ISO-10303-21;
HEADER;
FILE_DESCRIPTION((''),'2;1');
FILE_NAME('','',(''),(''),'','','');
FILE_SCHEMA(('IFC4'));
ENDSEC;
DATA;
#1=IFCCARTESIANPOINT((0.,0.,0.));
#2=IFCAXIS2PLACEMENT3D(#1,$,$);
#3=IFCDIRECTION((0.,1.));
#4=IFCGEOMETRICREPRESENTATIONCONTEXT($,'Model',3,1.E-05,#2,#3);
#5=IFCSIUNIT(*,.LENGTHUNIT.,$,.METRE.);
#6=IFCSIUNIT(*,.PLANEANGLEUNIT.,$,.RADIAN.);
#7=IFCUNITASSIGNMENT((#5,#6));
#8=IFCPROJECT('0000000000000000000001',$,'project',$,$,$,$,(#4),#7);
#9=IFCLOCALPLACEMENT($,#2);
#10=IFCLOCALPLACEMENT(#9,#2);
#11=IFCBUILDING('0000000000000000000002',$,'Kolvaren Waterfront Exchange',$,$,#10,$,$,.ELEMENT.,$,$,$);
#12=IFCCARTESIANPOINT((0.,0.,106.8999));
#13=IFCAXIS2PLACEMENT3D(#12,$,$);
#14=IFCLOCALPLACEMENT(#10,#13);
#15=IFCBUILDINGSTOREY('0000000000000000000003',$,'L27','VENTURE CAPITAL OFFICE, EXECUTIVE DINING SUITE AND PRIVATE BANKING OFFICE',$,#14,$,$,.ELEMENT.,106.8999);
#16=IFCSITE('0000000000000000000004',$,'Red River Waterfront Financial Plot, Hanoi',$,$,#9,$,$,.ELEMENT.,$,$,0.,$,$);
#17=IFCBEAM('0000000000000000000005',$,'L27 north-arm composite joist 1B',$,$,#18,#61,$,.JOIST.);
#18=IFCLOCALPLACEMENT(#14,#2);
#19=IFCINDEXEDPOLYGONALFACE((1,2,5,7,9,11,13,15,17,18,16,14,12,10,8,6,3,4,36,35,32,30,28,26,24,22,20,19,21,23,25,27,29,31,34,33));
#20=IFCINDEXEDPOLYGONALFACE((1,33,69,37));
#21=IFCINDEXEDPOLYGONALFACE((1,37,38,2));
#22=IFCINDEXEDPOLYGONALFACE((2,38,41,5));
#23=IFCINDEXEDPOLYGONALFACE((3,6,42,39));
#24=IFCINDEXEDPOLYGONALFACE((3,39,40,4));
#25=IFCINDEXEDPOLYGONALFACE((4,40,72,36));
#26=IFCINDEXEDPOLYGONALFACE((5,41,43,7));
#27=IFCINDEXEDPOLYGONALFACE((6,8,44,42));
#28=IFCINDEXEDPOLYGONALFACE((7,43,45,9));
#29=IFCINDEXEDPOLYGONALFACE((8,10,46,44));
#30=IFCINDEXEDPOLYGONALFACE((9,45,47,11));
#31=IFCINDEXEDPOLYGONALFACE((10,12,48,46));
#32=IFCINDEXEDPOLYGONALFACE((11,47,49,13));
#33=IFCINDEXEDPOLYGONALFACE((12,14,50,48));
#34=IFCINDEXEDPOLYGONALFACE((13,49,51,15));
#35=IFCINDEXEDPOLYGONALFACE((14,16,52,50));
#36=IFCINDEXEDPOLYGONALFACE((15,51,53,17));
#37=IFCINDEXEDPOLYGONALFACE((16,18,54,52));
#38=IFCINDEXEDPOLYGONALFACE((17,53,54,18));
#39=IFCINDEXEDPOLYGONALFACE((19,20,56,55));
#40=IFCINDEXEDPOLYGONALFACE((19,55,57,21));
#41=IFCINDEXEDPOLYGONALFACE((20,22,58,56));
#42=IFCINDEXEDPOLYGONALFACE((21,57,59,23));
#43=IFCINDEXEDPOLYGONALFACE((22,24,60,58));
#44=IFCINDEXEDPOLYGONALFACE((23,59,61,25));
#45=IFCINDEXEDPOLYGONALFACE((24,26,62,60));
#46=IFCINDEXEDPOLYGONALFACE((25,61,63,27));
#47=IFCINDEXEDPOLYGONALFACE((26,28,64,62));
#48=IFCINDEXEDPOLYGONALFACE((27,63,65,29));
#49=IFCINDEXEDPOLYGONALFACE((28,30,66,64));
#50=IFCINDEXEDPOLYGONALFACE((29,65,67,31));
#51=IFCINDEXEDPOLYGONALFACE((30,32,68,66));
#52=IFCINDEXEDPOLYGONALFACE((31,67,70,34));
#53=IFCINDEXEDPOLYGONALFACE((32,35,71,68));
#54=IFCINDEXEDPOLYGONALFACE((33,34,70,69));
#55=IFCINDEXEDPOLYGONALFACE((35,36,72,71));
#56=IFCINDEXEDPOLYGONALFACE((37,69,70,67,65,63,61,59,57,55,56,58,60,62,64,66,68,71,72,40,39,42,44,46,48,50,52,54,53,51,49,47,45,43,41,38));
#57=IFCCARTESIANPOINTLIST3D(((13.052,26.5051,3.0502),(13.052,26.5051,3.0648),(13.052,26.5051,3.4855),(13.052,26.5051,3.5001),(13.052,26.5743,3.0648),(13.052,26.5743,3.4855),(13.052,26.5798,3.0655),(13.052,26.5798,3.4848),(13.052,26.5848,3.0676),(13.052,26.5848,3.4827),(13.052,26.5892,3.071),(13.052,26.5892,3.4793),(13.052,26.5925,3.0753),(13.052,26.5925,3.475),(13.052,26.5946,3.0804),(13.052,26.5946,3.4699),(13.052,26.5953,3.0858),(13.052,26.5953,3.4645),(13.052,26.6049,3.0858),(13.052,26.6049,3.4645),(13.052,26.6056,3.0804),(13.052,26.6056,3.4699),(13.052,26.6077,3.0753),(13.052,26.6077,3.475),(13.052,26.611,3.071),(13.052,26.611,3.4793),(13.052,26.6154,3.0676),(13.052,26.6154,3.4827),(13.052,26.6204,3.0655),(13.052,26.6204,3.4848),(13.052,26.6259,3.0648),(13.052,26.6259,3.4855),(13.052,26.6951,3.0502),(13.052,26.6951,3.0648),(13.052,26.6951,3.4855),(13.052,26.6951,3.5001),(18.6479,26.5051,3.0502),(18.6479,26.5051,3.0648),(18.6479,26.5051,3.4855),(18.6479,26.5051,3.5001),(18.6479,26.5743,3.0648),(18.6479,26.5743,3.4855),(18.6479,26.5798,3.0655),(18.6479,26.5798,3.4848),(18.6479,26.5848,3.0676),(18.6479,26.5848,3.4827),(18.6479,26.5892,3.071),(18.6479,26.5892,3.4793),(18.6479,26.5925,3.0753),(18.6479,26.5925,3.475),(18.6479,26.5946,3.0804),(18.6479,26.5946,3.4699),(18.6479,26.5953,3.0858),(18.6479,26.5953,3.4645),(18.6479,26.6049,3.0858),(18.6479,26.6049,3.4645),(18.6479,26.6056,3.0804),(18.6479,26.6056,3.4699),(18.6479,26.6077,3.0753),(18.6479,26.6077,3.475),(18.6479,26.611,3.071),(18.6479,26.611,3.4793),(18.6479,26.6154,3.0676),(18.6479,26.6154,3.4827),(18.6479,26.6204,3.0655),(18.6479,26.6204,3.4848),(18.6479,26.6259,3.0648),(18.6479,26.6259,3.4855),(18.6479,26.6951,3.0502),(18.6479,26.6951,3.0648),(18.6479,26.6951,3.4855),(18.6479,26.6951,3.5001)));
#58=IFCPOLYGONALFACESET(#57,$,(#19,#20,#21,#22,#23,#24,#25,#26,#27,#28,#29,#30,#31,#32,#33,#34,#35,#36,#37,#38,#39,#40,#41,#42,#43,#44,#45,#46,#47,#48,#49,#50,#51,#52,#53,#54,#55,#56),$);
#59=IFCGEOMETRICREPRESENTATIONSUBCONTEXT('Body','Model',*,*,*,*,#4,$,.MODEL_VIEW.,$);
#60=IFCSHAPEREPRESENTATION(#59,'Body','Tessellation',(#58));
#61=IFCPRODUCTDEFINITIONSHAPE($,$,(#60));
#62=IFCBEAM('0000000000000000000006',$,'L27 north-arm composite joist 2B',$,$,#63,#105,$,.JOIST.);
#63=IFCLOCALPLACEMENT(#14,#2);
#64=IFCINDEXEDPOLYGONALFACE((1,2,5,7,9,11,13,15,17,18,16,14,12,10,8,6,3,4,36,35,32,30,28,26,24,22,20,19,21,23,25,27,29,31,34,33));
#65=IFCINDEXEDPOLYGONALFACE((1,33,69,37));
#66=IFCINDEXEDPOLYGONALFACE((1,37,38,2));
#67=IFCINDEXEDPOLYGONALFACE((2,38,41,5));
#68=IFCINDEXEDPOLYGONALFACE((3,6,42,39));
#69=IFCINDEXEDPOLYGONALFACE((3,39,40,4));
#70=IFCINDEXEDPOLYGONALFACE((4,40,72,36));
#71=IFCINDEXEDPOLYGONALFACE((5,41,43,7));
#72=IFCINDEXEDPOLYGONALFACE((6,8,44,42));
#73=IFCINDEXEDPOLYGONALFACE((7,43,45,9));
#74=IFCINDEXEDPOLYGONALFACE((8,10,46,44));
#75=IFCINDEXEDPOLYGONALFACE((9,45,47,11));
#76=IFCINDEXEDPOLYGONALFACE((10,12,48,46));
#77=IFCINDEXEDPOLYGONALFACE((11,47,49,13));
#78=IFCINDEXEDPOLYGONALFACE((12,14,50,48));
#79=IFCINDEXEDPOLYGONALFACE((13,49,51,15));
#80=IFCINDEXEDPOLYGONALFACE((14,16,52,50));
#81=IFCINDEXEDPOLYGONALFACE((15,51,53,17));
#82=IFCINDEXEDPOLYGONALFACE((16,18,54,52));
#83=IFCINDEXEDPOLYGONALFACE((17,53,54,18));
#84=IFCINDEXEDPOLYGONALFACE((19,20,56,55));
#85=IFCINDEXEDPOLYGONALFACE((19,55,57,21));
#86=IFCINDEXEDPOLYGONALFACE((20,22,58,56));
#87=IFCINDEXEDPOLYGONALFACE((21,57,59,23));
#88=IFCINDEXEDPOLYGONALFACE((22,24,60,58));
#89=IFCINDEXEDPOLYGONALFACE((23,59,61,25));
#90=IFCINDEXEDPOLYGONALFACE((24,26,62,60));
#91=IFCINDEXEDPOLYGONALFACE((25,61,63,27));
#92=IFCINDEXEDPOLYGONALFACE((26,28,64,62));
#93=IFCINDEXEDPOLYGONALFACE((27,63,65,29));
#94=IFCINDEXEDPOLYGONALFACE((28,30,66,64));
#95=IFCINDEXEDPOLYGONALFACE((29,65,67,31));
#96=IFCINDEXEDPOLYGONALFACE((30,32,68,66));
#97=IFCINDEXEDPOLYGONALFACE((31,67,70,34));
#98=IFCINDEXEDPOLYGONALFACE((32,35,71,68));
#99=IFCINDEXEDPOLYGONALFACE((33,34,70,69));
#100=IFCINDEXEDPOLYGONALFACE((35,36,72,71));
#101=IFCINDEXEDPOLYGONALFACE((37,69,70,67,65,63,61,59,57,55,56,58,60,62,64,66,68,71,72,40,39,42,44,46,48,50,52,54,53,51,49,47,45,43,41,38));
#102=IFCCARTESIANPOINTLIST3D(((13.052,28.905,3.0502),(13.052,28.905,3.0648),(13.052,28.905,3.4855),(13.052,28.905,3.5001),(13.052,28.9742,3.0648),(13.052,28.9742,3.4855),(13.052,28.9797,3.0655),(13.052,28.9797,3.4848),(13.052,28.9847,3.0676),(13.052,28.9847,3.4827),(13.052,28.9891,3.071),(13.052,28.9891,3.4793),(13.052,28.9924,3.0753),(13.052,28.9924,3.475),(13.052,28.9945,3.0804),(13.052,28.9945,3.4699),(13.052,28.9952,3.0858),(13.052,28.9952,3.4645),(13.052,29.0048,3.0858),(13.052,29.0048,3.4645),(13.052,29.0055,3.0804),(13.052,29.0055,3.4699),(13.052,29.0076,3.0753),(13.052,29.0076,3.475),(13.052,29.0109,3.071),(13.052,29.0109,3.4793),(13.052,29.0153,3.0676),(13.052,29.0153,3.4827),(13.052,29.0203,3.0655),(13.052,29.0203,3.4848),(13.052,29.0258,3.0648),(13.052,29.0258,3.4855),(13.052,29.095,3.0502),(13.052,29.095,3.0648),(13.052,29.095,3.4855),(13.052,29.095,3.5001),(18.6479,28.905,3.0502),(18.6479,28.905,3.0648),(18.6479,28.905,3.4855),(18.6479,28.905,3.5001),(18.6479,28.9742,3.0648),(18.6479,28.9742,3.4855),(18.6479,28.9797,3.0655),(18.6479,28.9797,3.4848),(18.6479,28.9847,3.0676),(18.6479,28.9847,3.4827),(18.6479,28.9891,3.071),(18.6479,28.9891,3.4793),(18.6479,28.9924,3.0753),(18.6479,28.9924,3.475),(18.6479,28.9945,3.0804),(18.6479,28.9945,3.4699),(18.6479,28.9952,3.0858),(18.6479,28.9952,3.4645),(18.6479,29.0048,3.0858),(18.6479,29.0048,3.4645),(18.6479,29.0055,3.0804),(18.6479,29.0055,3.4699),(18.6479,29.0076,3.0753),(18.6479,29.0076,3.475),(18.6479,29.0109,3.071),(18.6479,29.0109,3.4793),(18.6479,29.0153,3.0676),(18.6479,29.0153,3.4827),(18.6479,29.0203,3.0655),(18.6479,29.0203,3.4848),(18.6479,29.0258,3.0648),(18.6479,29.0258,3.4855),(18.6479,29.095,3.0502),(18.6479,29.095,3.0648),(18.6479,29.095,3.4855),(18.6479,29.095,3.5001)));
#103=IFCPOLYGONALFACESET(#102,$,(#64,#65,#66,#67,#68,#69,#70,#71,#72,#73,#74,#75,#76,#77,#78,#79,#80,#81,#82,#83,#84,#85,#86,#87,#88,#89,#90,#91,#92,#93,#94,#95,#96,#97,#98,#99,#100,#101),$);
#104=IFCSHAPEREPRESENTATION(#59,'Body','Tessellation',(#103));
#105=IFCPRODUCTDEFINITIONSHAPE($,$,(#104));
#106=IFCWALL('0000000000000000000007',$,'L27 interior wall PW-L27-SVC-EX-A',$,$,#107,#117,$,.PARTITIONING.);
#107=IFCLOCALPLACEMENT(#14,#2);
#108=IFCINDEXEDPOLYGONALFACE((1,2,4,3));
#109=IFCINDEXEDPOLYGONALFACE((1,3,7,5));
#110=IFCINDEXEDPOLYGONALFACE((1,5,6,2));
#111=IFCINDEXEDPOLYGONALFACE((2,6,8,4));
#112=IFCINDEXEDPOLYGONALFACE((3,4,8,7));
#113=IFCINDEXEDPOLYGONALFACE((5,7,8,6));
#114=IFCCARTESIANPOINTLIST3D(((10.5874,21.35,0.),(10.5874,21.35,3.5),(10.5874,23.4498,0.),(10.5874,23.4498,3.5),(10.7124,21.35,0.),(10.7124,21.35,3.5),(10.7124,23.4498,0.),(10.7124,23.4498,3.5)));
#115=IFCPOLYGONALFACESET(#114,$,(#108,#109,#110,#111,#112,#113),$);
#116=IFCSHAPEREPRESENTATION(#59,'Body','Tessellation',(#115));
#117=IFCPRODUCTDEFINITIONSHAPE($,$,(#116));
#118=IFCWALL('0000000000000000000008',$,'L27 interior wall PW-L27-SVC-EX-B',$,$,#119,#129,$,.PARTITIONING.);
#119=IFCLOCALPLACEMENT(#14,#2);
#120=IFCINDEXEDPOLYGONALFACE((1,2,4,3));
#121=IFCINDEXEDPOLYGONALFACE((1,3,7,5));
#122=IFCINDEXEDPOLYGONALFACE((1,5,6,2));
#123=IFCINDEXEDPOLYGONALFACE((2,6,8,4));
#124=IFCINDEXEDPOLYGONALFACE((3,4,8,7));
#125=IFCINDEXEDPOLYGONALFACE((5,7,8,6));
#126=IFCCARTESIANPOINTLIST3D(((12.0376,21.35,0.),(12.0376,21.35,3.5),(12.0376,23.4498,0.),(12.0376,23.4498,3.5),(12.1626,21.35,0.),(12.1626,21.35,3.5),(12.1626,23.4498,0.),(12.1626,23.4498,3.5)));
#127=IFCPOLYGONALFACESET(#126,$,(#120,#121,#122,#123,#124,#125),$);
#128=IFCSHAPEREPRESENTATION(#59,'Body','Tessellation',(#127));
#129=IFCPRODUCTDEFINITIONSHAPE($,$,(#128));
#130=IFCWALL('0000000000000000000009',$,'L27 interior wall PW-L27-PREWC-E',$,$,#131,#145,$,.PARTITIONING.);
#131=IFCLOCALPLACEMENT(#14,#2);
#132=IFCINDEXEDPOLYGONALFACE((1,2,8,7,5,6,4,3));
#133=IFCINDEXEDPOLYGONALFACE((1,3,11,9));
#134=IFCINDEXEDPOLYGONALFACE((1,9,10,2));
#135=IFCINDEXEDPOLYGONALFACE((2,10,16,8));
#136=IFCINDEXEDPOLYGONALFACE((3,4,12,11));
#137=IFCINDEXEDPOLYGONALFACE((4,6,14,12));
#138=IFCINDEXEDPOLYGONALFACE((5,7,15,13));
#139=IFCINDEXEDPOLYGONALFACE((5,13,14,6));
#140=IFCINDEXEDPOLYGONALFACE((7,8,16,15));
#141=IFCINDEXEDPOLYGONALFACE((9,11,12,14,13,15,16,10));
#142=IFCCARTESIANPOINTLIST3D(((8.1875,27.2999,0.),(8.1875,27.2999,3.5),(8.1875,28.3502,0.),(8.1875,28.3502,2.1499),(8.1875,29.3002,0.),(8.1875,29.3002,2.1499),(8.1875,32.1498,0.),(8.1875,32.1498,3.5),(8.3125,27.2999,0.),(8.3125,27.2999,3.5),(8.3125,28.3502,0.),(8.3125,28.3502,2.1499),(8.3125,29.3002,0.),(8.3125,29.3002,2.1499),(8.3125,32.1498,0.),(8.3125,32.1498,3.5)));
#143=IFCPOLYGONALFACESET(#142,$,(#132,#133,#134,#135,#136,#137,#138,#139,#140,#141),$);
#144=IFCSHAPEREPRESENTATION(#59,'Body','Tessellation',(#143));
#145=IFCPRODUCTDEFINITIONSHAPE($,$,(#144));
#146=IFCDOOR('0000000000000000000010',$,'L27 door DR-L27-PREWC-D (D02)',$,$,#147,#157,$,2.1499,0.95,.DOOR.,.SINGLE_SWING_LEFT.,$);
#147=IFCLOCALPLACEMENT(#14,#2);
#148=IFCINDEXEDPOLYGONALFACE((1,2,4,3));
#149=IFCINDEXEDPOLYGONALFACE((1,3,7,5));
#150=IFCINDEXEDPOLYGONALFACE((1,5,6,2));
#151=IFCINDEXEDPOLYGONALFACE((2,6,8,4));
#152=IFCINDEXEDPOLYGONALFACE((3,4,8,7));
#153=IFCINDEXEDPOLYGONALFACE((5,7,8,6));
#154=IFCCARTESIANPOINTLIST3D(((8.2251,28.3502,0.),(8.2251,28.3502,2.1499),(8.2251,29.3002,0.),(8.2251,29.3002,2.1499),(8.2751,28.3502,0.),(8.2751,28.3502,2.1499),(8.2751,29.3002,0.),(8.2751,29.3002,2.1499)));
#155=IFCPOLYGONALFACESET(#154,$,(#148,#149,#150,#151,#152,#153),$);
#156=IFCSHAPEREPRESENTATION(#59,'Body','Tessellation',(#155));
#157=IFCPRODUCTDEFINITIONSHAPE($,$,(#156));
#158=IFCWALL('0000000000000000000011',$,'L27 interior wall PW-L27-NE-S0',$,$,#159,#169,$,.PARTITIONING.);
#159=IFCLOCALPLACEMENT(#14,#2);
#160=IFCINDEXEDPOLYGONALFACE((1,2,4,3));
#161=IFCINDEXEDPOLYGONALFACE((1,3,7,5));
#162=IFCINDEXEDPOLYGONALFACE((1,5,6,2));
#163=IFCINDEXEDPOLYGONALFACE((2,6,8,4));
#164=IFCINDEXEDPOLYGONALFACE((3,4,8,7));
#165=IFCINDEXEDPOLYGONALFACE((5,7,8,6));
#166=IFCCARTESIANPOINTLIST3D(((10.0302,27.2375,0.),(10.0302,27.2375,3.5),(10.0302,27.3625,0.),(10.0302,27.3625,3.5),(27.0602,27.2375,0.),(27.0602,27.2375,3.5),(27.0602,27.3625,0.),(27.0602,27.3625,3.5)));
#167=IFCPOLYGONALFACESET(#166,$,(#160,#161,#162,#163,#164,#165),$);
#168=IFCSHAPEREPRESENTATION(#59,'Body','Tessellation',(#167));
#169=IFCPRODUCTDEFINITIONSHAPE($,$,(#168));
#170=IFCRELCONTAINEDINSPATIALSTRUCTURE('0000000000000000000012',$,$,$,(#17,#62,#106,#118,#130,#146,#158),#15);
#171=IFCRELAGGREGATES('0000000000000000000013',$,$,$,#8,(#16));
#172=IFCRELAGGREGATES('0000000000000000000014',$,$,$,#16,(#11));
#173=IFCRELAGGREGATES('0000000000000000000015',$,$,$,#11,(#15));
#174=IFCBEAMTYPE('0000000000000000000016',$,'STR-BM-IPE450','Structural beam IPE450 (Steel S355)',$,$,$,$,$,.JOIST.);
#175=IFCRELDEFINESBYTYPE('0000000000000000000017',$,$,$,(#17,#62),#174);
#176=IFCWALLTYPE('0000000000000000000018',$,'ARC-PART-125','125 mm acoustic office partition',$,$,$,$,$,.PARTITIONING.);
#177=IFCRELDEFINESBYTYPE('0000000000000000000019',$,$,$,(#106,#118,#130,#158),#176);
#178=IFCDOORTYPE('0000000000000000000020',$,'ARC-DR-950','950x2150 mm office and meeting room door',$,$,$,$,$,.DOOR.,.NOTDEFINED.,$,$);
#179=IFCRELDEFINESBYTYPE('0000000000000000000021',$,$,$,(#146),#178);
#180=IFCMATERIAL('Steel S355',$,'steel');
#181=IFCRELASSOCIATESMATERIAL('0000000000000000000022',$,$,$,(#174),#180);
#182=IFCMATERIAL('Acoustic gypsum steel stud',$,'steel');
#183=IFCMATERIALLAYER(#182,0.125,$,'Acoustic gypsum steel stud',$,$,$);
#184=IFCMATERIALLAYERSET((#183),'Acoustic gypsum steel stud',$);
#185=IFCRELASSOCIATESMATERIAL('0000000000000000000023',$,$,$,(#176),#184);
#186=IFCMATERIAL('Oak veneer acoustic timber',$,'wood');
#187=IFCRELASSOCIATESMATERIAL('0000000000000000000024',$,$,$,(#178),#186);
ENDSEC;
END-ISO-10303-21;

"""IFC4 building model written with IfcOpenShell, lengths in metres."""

from ifc_helpers import new_model, si_unit, direction, frame, frame_2d, origin, origin_2d, place, context, subcontext, project, spatial, rectangle, i_section, extrude, material, layer, layer_set, material_profile, profile_set, type_object, element, fill, save


model = new_model("IFC4")

# Units and contexts
model_context = context("Model", 3, precision=1e-05, world=origin(), true_north=direction((0.0, 1.0)))
body_context = subcontext(model_context, "Body", "Model", "MODEL_VIEW")
ifc_project = project(units=[si_unit("LENGTHUNIT", "METRE"), si_unit("PLANEANGLEUNIT", "RADIAN")], contexts=[model_context])

# Site, building, storey
site_placement = place(None, origin())
site = spatial("IfcSite", under=ifc_project, at=site_placement, Name="Red River Waterfront Financial Plot, Hanoi", CompositionType="ELEMENT", RefElevation=0.0)
building_placement = place(site_placement, origin())
building = spatial("IfcBuilding", under=site, at=building_placement, Name="Kolvaren Waterfront Exchange", CompositionType="ELEMENT")
storey_placement = place(building_placement, frame((0.0, 0.0, 106.8999)))
storey = spatial("IfcBuildingStorey", under=building, at=storey_placement, Name="L27", Description="VENTURE CAPITAL OFFICE, EXECUTIVE DINING SUITE AND PRIVATE BANKING OFFICE", CompositionType="ELEMENT", Elevation=106.8999)

# Beams
ifc_material_1 = material(Name="Steel S355", Category="steel")
ifc_material_profile_1 = material_profile(ifc_material_1, i_section(OverallWidth=0.1899, OverallDepth=0.45, WebThickness=0.0095, FlangeThickness=0.0146, FilletRadius=0.021, at=origin_2d()), Name="IPE450")
ifc_profile_set_1 = profile_set([ifc_material_profile_1], Name="Steel S355")
beam_type_1 = type_object("IfcBeamType", Name="STR-BM-IPE450", Description="Structural beam IPE450 (Steel S355)", PredefinedType="JOIST", material=ifc_profile_set_1)
for number, where, z_axis, x_axis, name in (
    (1, (13.052, 26.6001, 3.2751), (1.0, 0.0, 0.0), (0.0, 1.0, 0.0), "L27 north-arm composite joist 1B"),
    (2, (13.052, 29.0, 3.2751), (1.0, 0.0, 0.0), (0.0, 1.0, 0.0), "L27 north-arm composite joist 2B"),
):
    element("IfcBeam", number, at=place(storey_placement, frame(where, z_axis=z_axis, x_axis=x_axis)), inside=storey, type_object=beam_type_1, Name=name, PredefinedType="JOIST", context=body_context, shape_type="SweptSolid", body=[
        extrude(i_section(OverallWidth=0.1899, OverallDepth=0.45, WebThickness=0.0095, FlangeThickness=0.0146, FilletRadius=0.021, at=origin_2d()), origin(), (0.0, 0.0, 1.0), 5.5959),
    ])

# Shared definitions
ifc_material_2 = material(Name="Acoustic gypsum steel stud", Category="steel")
ifc_layer_1 = layer(ifc_material_2, 0.125, Name="Acoustic gypsum steel stud")
ifc_layer_set_1 = layer_set([ifc_layer_1], Name="Acoustic gypsum steel stud")
wall_type_1 = type_object("IfcWallType", Name="ARC-PART-125", Description="125 mm acoustic office partition", PredefinedType="PARTITIONING", material=ifc_layer_set_1)

# Walls
for number, where, z_axis, x_axis, name in (
    (3, (10.6499, 21.3501, 0.0), (0.0, 0.0, 1.0), (0.0, 1.0, 0.0), "L27 interior wall PW-L27-SVC-EX-A"),
    (4, (12.1001, 21.3501, 0.0), (0.0, 0.0, 1.0), (0.0, 1.0, 0.0), "L27 interior wall PW-L27-SVC-EX-B"),
):
    element("IfcWall", number, at=place(storey_placement, frame(where, z_axis=z_axis, x_axis=x_axis)), inside=storey, type_object=wall_type_1, Name=name, PredefinedType="PARTITIONING", context=body_context, shape_type="SweptSolid", body=[
        extrude(rectangle(XDim=2.0999, YDim=0.125, at=frame_2d((1.0498, 0.0))), origin(), (0.0, 0.0, 1.0), 3.5),
    ])

# Wall, opening, door
wall_1_placement = place(storey_placement, frame((8.25, 27.3, 0.0), z_axis=(0.0, 0.0, 1.0), x_axis=(0.0, 1.0, 0.0)))
wall_1 = element("IfcWall", 5, at=wall_1_placement, inside=storey, type_object=wall_type_1, Name="L27 interior wall PW-L27-PREWC-E", PredefinedType="PARTITIONING", context=body_context, shape_type="SweptSolid", body=[
    extrude(rectangle(XDim=4.8499, YDim=0.125, at=frame_2d((2.4248, 0.0))), origin(), (0.0, 0.0, 1.0), 3.5),
])
opening_1_placement = place(wall_1_placement, frame((1.05, 0.0, 0.0)))
opening_1 = element("IfcOpeningElement", 6, at=opening_1_placement, cuts=wall_1, PredefinedType="OPENING", context=body_context, shape_type="SweptSolid", body=[
    extrude(rectangle(XDim=0.95, YDim=2.1499, at=frame_2d((0.4751, 1.075))), frame((0.0, 0.0725, 0.0), z_axis=(0.0, -1.0, 0.0), x_axis=(1.0, 0.0, 0.0)), (0.0, 0.0, 1.0), 0.145),
])
ifc_material_3 = material(Name="Oak veneer acoustic timber", Category="wood")
door_type_1 = type_object("IfcDoorType", Name="ARC-DR-950", Description="950x2150 mm office and meeting room door", OperationType="NOTDEFINED", PredefinedType="DOOR", material=ifc_material_3)
door_1_placement = place(opening_1_placement, origin())
door_1 = element("IfcDoor", 7, at=door_1_placement, inside=storey, type_object=door_type_1, Name="L27 door DR-L27-PREWC-D (D02)", OperationType="SINGLE_SWING_LEFT", OverallHeight=2.1499, OverallWidth=0.95, PredefinedType="DOOR", context=body_context, shape_type="SweptSolid", body=[
    extrude(rectangle(XDim=0.95, YDim=2.1499, at=frame_2d((0.4751, 1.075))), frame((0.0, 0.0249, 0.0), z_axis=(0.0, -1.0, 0.0), x_axis=(1.0, 0.0, 0.0)), (0.0, 0.0, 1.0), 0.05),
])
fill(opening_1, door_1)

# Wall
wall_2_placement = place(storey_placement, frame((10.03, 27.3, 0.0), z_axis=(0.0, 0.0, 1.0), x_axis=(1.0, 0.0, 0.0)))
element("IfcWall", 8, at=wall_2_placement, inside=storey, type_object=wall_type_1, Name="L27 interior wall PW-L27-NE-S0", PredefinedType="PARTITIONING", context=body_context, shape_type="SweptSolid", body=[
    extrude(rectangle(XDim=17.03, YDim=0.125, at=frame_2d((8.5151, 0.0))), origin(), (0.0, 0.0, 1.0), 3.5),
])

save(model, "model.ifc")
